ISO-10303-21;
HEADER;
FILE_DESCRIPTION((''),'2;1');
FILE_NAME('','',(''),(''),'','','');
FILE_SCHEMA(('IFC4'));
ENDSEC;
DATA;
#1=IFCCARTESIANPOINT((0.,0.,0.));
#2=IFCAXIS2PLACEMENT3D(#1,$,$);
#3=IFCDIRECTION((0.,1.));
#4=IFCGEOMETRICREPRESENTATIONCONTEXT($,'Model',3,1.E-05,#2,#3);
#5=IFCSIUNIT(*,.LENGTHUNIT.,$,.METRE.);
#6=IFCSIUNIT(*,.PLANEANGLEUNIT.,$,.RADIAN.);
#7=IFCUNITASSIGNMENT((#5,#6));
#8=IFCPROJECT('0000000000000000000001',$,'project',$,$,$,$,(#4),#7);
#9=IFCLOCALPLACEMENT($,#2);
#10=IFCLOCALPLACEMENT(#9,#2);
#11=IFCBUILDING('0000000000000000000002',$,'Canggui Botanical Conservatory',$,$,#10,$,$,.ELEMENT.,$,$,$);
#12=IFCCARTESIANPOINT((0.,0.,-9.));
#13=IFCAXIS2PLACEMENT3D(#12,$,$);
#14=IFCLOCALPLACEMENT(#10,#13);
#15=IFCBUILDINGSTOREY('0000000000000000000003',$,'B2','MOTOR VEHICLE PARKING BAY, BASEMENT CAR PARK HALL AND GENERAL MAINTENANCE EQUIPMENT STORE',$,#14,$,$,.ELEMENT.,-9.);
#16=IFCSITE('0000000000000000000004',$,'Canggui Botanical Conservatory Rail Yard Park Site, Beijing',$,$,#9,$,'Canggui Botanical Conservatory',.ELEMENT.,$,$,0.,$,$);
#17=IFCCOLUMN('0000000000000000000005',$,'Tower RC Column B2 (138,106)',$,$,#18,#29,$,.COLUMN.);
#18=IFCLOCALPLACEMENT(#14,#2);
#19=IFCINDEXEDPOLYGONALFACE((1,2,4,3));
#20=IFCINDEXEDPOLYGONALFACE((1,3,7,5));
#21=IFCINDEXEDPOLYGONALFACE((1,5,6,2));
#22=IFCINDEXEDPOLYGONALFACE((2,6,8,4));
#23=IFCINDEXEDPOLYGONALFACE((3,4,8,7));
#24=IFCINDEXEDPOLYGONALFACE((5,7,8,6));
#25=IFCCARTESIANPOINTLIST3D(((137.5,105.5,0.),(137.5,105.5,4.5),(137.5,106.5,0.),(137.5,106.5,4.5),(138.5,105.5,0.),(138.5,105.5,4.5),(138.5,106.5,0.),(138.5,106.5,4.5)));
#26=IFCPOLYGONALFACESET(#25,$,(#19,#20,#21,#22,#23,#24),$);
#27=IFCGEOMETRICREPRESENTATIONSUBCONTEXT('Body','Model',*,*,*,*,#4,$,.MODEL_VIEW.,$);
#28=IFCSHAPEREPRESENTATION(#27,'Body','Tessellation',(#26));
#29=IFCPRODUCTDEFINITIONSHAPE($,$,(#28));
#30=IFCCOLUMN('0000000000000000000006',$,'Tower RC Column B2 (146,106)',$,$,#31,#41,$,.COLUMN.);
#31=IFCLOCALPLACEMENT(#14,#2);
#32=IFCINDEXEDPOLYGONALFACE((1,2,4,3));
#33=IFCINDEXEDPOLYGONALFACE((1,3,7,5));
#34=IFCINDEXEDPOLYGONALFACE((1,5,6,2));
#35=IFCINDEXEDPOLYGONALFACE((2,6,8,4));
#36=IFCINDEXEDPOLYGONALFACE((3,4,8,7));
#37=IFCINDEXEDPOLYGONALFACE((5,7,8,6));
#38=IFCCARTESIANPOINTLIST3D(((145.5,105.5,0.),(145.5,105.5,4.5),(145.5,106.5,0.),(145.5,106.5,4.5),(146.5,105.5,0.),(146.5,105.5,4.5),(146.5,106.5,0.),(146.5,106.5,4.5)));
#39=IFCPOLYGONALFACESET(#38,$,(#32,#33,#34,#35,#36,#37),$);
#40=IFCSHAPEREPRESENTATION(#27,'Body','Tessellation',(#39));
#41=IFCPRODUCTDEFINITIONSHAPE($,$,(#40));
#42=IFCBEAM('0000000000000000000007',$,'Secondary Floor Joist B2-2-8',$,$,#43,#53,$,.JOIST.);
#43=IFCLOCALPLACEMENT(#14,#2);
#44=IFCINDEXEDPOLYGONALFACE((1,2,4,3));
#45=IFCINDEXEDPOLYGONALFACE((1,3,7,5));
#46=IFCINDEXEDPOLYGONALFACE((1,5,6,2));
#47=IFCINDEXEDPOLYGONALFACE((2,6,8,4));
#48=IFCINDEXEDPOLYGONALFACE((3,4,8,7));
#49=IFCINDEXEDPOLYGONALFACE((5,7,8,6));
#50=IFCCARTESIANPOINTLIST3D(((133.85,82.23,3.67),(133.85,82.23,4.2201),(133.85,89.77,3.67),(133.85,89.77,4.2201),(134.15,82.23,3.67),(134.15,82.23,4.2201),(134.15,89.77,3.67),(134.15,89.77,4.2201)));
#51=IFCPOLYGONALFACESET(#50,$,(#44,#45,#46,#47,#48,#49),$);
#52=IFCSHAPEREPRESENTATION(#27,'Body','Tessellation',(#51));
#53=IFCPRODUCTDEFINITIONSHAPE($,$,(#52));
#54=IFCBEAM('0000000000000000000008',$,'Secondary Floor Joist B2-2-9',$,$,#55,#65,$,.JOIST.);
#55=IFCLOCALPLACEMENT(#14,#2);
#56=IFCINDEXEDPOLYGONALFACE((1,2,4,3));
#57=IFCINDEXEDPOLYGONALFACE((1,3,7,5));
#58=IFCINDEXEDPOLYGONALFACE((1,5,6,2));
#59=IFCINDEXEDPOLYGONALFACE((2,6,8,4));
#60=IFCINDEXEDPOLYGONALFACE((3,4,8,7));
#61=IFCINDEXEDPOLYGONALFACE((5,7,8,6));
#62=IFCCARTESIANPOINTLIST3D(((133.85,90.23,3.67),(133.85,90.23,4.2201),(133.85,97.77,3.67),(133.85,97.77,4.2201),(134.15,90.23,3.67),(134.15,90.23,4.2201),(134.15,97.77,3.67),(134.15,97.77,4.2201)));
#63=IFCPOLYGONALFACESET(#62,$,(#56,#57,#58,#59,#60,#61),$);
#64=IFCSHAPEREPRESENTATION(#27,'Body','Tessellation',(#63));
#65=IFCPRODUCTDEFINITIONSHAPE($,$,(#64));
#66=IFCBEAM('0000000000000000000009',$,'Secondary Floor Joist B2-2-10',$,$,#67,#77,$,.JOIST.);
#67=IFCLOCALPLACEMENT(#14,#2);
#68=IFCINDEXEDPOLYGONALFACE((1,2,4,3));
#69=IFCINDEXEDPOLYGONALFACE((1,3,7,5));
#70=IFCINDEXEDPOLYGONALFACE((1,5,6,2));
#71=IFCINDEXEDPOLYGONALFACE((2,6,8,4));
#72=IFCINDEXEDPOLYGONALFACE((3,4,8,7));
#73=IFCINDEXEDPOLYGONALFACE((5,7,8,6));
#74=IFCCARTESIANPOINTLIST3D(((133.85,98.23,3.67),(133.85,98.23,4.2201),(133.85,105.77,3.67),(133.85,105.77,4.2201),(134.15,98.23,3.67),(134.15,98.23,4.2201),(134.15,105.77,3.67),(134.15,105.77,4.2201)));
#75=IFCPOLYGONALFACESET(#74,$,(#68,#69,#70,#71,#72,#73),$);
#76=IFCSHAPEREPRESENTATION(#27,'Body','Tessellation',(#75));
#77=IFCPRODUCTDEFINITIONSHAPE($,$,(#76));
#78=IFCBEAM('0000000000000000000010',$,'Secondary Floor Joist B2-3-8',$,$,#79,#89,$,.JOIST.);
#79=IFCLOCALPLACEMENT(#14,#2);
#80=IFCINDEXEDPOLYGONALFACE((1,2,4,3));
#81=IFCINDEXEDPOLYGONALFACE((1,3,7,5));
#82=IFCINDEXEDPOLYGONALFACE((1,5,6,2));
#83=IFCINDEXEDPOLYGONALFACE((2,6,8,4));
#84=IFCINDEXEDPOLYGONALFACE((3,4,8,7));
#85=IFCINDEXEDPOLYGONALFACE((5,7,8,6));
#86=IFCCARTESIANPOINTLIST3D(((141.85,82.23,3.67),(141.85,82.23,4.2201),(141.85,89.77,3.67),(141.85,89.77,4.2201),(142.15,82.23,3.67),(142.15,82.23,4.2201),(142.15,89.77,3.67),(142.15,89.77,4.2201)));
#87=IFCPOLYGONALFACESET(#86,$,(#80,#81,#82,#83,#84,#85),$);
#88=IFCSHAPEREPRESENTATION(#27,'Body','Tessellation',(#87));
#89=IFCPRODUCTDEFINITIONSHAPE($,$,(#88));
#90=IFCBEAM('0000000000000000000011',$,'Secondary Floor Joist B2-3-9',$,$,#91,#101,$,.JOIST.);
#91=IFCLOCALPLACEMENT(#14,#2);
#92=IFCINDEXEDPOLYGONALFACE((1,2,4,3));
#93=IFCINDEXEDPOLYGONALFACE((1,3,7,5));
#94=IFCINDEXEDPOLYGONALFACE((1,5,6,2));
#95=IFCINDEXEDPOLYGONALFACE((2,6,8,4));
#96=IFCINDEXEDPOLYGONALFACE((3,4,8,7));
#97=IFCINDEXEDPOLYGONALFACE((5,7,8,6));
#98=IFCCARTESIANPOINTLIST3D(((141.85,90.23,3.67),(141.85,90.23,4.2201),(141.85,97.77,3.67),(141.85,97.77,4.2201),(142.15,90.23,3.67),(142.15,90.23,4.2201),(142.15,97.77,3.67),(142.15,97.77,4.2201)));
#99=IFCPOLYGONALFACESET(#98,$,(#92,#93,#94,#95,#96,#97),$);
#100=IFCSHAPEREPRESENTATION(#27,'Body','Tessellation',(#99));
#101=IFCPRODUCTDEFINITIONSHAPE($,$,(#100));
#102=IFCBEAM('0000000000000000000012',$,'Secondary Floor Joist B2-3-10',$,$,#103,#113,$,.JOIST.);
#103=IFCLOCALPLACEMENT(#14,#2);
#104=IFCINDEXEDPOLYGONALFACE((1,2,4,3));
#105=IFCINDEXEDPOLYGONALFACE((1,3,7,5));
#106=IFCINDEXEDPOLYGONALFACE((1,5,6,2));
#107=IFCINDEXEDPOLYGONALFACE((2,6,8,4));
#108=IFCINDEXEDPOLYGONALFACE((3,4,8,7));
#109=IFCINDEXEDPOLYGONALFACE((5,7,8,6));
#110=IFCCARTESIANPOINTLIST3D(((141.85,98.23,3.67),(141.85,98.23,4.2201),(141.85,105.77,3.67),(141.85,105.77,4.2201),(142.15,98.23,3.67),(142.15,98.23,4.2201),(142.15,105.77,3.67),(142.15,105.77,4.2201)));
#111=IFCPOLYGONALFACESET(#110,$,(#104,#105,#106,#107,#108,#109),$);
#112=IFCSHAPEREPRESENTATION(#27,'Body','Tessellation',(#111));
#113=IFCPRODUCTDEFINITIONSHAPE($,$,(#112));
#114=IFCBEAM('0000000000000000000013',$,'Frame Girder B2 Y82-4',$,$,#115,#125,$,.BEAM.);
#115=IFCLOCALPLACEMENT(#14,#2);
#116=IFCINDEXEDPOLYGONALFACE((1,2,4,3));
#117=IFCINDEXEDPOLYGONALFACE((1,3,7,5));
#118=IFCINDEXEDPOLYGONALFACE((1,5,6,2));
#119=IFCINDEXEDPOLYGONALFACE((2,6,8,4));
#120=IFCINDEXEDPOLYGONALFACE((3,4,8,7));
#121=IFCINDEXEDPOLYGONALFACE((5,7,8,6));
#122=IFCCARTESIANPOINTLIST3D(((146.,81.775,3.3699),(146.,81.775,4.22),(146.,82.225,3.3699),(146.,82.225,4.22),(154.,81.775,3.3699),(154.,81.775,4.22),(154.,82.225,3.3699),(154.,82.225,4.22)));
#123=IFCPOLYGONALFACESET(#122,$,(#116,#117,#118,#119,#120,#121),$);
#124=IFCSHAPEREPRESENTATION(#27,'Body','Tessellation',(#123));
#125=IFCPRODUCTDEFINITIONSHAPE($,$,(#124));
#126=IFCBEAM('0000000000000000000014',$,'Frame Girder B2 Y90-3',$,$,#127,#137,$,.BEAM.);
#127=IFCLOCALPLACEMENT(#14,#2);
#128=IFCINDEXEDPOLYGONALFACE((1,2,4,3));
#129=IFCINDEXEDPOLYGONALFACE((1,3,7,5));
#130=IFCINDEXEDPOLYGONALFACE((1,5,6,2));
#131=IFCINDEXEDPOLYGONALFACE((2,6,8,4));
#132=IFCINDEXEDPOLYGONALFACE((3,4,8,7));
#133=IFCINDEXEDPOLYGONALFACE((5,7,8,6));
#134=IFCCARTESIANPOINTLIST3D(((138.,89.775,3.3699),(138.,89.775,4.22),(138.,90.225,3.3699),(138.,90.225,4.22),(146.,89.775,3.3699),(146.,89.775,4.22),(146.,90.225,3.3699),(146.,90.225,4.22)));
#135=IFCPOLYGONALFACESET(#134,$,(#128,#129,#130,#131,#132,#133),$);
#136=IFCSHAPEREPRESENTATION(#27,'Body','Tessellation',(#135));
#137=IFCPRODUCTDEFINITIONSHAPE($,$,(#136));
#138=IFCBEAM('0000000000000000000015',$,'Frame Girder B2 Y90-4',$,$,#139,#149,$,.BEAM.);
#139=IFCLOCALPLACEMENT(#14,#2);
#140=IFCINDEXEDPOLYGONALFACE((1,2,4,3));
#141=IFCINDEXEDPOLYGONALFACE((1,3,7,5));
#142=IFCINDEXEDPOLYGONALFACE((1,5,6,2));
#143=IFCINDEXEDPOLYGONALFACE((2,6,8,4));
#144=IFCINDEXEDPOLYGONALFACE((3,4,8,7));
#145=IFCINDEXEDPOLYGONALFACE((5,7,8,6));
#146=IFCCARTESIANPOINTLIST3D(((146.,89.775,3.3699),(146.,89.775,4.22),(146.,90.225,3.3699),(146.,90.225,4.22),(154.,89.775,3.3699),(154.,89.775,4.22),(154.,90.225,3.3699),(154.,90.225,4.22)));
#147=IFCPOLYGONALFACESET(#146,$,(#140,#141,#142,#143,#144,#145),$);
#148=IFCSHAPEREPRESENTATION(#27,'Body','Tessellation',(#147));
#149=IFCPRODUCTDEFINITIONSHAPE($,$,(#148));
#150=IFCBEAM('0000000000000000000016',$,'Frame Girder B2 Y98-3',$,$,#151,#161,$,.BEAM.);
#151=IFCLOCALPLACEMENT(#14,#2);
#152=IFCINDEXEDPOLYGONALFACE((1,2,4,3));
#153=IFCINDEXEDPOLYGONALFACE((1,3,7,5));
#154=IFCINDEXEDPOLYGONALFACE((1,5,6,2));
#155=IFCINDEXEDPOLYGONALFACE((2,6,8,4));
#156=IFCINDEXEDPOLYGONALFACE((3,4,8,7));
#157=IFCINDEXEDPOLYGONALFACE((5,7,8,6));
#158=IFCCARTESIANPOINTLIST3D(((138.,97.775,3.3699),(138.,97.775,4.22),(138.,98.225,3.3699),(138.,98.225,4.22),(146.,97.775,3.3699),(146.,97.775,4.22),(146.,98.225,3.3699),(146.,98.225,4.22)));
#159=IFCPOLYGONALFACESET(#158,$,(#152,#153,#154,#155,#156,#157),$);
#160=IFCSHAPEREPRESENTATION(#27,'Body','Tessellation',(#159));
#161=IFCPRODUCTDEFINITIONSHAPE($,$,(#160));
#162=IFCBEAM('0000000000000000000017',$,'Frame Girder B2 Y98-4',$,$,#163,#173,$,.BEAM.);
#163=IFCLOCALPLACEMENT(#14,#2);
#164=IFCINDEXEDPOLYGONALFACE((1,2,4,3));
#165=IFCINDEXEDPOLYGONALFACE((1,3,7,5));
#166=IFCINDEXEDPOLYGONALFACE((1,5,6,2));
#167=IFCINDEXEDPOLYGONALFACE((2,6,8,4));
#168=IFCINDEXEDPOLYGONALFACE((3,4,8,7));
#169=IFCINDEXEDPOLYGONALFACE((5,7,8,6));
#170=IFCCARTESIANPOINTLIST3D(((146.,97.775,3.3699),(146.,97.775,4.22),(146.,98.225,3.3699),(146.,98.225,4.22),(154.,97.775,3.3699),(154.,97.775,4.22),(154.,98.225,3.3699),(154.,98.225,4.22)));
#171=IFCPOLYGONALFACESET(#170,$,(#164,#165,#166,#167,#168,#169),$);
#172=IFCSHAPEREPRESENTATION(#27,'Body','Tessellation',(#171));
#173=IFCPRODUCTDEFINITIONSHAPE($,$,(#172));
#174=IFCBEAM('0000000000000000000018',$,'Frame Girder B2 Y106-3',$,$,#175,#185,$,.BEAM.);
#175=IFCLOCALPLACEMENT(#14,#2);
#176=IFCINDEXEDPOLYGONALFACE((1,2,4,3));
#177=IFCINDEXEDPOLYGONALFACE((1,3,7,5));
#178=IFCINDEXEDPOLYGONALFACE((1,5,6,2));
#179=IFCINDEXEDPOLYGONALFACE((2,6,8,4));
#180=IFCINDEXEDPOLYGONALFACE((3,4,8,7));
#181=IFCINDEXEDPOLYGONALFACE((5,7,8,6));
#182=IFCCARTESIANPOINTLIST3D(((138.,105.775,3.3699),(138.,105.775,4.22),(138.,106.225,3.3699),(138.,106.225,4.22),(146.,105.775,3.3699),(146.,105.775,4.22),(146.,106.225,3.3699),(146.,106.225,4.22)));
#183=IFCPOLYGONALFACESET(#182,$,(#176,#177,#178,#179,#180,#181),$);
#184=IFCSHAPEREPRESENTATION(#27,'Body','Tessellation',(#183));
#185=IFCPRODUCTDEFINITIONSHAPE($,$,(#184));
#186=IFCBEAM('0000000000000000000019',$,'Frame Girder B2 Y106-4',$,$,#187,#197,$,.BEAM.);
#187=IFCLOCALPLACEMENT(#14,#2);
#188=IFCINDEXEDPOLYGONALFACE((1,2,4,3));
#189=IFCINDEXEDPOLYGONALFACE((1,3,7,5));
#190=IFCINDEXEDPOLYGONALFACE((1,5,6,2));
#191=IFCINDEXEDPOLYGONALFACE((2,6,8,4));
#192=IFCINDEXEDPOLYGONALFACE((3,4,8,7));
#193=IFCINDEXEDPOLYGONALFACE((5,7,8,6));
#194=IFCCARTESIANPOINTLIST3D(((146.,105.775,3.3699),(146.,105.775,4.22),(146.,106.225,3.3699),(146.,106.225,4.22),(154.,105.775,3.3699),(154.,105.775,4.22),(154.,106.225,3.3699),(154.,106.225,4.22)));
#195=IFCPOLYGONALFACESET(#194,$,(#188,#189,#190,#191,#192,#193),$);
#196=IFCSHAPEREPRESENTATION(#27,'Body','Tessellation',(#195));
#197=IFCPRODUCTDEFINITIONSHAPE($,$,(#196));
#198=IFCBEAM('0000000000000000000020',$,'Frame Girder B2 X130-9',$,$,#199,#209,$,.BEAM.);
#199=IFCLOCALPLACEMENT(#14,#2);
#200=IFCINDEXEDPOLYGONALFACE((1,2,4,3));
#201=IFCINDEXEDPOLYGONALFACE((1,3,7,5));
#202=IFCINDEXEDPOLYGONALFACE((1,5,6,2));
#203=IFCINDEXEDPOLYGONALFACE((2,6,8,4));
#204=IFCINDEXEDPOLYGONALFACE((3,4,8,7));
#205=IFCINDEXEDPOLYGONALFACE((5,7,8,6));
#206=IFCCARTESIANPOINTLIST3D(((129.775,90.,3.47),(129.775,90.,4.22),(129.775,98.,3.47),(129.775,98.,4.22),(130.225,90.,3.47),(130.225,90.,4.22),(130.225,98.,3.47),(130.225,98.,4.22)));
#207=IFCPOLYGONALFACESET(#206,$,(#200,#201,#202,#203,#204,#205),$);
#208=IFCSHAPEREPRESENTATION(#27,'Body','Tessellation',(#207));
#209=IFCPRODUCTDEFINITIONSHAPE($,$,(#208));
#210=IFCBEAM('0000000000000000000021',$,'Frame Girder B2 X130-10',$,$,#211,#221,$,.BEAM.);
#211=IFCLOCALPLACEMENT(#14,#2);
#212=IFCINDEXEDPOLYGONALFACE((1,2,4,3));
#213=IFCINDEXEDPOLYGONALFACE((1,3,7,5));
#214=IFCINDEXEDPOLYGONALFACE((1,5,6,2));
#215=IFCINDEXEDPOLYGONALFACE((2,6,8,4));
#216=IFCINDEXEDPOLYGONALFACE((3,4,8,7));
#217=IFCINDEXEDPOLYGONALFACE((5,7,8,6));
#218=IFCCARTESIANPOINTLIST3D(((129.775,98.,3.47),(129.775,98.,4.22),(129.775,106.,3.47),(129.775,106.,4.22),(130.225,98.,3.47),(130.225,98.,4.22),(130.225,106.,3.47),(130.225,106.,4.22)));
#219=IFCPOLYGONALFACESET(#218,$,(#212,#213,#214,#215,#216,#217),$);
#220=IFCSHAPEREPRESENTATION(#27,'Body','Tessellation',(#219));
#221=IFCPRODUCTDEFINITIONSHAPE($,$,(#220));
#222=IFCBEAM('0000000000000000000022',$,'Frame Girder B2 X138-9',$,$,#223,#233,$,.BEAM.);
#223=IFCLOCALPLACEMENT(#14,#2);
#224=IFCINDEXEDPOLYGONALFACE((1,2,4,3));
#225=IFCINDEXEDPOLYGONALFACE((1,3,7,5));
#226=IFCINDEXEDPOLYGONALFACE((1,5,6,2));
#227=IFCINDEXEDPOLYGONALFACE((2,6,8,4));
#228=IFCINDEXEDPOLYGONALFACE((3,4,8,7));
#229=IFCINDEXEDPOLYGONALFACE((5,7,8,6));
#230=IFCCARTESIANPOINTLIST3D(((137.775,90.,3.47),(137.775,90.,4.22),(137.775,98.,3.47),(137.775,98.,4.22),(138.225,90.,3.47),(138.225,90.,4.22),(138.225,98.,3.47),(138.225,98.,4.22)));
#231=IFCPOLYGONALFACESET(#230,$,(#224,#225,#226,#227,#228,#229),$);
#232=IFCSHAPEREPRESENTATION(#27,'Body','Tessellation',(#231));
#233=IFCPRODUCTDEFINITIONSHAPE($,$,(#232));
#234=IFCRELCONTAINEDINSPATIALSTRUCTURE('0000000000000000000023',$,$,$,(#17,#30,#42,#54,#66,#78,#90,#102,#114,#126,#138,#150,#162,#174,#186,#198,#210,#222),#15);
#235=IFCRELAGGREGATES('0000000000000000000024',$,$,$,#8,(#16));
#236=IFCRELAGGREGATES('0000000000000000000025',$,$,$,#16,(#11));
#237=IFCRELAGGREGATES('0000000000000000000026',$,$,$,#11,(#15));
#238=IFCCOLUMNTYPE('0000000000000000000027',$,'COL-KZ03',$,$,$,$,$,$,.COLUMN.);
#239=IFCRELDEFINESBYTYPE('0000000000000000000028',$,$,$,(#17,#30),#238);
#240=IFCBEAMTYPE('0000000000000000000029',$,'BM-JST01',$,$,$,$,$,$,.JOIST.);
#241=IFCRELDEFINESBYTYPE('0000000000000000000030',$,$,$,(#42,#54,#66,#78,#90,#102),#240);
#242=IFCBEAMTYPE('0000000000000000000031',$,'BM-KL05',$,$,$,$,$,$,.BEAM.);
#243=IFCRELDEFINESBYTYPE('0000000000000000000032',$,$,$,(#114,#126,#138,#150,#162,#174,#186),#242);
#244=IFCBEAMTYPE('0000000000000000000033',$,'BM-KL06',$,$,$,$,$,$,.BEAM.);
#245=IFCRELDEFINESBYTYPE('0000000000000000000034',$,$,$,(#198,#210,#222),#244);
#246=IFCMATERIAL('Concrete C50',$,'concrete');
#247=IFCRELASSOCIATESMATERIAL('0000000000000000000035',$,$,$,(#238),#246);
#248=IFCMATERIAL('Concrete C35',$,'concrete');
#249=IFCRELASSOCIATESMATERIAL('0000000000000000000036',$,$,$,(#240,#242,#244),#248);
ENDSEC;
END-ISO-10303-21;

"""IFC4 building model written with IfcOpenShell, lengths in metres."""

from ifc_helpers import new_model, si_unit, direction, frame, origin, origin_2d, place, context, subcontext, project, spatial, rectangle, extrude, material, material_profile, profile_set, type_object, element, save


model = new_model("IFC4")

# Units and contexts
model_context = context("Model", 3, precision=1e-05, world=origin(), true_north=direction((0.0, 1.0)))
body_context = subcontext(model_context, "Body", "Model", "MODEL_VIEW")
ifc_project = project(units=[si_unit("LENGTHUNIT", "METRE"), si_unit("PLANEANGLEUNIT", "RADIAN")], contexts=[model_context])

# Site, building, storey
site_placement = place(None, origin())
site = spatial("IfcSite", under=ifc_project, at=site_placement, Name="Canggui Botanical Conservatory Rail Yard Park Site, Beijing", LongName="Canggui Botanical Conservatory", CompositionType="ELEMENT", RefElevation=0.0)
building_placement = place(site_placement, origin())
building = spatial("IfcBuilding", under=site, at=building_placement, Name="Canggui Botanical Conservatory", CompositionType="ELEMENT")
storey_placement = place(building_placement, frame((0.0, 0.0, -9.0)))
storey = spatial("IfcBuildingStorey", under=building, at=storey_placement, Name="B2", Description="MOTOR VEHICLE PARKING BAY, BASEMENT CAR PARK HALL AND GENERAL MAINTENANCE EQUIPMENT STORE", CompositionType="ELEMENT", Elevation=-9.0)

# Shared definitions
ifc_material_1 = material(Name="Concrete C35", Category="concrete")

# Columns
ifc_material_2 = material(Name="Concrete C50", Category="concrete")
ifc_material_profile_1 = material_profile(ifc_material_2, rectangle(XDim=1.0, YDim=1.0, at=origin_2d()), Name="RC 1000x1000")
ifc_profile_set_1 = profile_set([ifc_material_profile_1], Name="Concrete C50")
column_type_1 = type_object("IfcColumnType", Name="COL-KZ03", PredefinedType="COLUMN", material=ifc_profile_set_1)
for number, where, z_axis, x_axis, name in (
    (1, (138.0, 106.0, 0.0), (0.0, 0.0, 1.0), (1.0, 0.0, 0.0), "Tower RC Column B2 (138,106)"),
    (2, (146.0, 106.0, 0.0), (0.0, 0.0, 1.0), (1.0, 0.0, 0.0), "Tower RC Column B2 (146,106)"),
):
    element("IfcColumn", number, at=place(storey_placement, frame(where, z_axis=z_axis, x_axis=x_axis)), inside=storey, type_object=column_type_1, Name=name, PredefinedType="COLUMN", context=body_context, shape_type="SweptSolid", body=[
        extrude(rectangle(XDim=1.0, YDim=1.0, at=origin_2d()), origin(), (0.0, 0.0, 1.0), 4.5),
    ])

# Beams
ifc_material_profile_2 = material_profile(ifc_material_1, rectangle(XDim=0.3, YDim=0.55, at=origin_2d()), Name="RB 300x550")
ifc_profile_set_2 = profile_set([ifc_material_profile_2], Name="Concrete C35")
beam_type_1 = type_object("IfcBeamType", Name="BM-JST01", PredefinedType="JOIST", material=ifc_profile_set_2)
for number, where, z_axis, x_axis, name in (
    (3, (134.0, 82.23, 3.9451), (0.0, 1.0, 0.0), (-1.0, 0.0, 0.0), "Secondary Floor Joist B2-2-8"),
    (4, (134.0, 90.23, 3.9451), (0.0, 1.0, 0.0), (-1.0, 0.0, 0.0), "Secondary Floor Joist B2-2-9"),
    (5, (134.0, 98.23, 3.9451), (0.0, 1.0, 0.0), (-1.0, 0.0, 0.0), "Secondary Floor Joist B2-2-10"),
    (6, (142.0, 82.23, 3.9451), (0.0, 1.0, 0.0), (-1.0, 0.0, 0.0), "Secondary Floor Joist B2-3-8"),
    (7, (142.0, 90.23, 3.9451), (0.0, 1.0, 0.0), (-1.0, 0.0, 0.0), "Secondary Floor Joist B2-3-9"),
    (8, (142.0, 98.23, 3.9451), (0.0, 1.0, 0.0), (-1.0, 0.0, 0.0), "Secondary Floor Joist B2-3-10"),
):
    element("IfcBeam", number, at=place(storey_placement, frame(where, z_axis=z_axis, x_axis=x_axis)), inside=storey, type_object=beam_type_1, Name=name, PredefinedType="JOIST", context=body_context, shape_type="SweptSolid", body=[
        extrude(rectangle(XDim=0.3, YDim=0.55, at=origin_2d()), origin(), (0.0, 0.0, 1.0), 7.54),
    ])
ifc_material_profile_3 = material_profile(ifc_material_1, rectangle(XDim=0.45, YDim=0.8501, at=origin_2d()), Name="RB 450x850")
ifc_profile_set_3 = profile_set([ifc_material_profile_3], Name="Concrete C35")
beam_type_2 = type_object("IfcBeamType", Name="BM-KL05", PredefinedType="BEAM", material=ifc_profile_set_3)
for number, where, z_axis, x_axis, name in (
    (9, (146.0, 82.0, 3.7949), (1.0, 0.0, 0.0), (0.0, 1.0, 0.0), "Frame Girder B2 Y82-4"),
    (10, (138.0, 90.0, 3.7949), (1.0, 0.0, 0.0), (0.0, 1.0, 0.0), "Frame Girder B2 Y90-3"),
    (11, (146.0, 90.0, 3.7949), (1.0, 0.0, 0.0), (0.0, 1.0, 0.0), "Frame Girder B2 Y90-4"),
    (12, (138.0, 98.0, 3.7949), (1.0, 0.0, 0.0), (0.0, 1.0, 0.0), "Frame Girder B2 Y98-3"),
    (13, (146.0, 98.0, 3.7949), (1.0, 0.0, 0.0), (0.0, 1.0, 0.0), "Frame Girder B2 Y98-4"),
    (14, (138.0, 106.0, 3.7949), (1.0, 0.0, 0.0), (0.0, 1.0, 0.0), "Frame Girder B2 Y106-3"),
    (15, (146.0, 106.0, 3.7949), (1.0, 0.0, 0.0), (0.0, 1.0, 0.0), "Frame Girder B2 Y106-4"),
):
    element("IfcBeam", number, at=place(storey_placement, frame(where, z_axis=z_axis, x_axis=x_axis)), inside=storey, type_object=beam_type_2, Name=name, PredefinedType="BEAM", context=body_context, shape_type="SweptSolid", body=[
        extrude(rectangle(XDim=0.45, YDim=0.8501, at=origin_2d()), origin(), (0.0, 0.0, 1.0), 8.0),
    ])
ifc_material_profile_4 = material_profile(ifc_material_1, rectangle(XDim=0.45, YDim=0.75, at=origin_2d()), Name="RB 450x750")
ifc_profile_set_4 = profile_set([ifc_material_profile_4], Name="Concrete C35")
beam_type_3 = type_object("IfcBeamType", Name="BM-KL06", PredefinedType="BEAM", material=ifc_profile_set_4)
for number, where, z_axis, x_axis, name in (
    (16, (130.0, 90.0, 3.845), (0.0, 1.0, 0.0), (-1.0, 0.0, 0.0), "Frame Girder B2 X130-9"),
    (17, (130.0, 98.0, 3.845), (0.0, 1.0, 0.0), (-1.0, 0.0, 0.0), "Frame Girder B2 X130-10"),
    (18, (138.0, 90.0, 3.845), (0.0, 1.0, 0.0), (-1.0, 0.0, 0.0), "Frame Girder B2 X138-9"),
):
    element("IfcBeam", number, at=place(storey_placement, frame(where, z_axis=z_axis, x_axis=x_axis)), inside=storey, type_object=beam_type_3, Name=name, PredefinedType="BEAM", context=body_context, shape_type="SweptSolid", body=[
        extrude(rectangle(XDim=0.45, YDim=0.75, at=origin_2d()), origin(), (0.0, 0.0, 1.0), 8.0),
    ])

save(model, "model.ifc")
